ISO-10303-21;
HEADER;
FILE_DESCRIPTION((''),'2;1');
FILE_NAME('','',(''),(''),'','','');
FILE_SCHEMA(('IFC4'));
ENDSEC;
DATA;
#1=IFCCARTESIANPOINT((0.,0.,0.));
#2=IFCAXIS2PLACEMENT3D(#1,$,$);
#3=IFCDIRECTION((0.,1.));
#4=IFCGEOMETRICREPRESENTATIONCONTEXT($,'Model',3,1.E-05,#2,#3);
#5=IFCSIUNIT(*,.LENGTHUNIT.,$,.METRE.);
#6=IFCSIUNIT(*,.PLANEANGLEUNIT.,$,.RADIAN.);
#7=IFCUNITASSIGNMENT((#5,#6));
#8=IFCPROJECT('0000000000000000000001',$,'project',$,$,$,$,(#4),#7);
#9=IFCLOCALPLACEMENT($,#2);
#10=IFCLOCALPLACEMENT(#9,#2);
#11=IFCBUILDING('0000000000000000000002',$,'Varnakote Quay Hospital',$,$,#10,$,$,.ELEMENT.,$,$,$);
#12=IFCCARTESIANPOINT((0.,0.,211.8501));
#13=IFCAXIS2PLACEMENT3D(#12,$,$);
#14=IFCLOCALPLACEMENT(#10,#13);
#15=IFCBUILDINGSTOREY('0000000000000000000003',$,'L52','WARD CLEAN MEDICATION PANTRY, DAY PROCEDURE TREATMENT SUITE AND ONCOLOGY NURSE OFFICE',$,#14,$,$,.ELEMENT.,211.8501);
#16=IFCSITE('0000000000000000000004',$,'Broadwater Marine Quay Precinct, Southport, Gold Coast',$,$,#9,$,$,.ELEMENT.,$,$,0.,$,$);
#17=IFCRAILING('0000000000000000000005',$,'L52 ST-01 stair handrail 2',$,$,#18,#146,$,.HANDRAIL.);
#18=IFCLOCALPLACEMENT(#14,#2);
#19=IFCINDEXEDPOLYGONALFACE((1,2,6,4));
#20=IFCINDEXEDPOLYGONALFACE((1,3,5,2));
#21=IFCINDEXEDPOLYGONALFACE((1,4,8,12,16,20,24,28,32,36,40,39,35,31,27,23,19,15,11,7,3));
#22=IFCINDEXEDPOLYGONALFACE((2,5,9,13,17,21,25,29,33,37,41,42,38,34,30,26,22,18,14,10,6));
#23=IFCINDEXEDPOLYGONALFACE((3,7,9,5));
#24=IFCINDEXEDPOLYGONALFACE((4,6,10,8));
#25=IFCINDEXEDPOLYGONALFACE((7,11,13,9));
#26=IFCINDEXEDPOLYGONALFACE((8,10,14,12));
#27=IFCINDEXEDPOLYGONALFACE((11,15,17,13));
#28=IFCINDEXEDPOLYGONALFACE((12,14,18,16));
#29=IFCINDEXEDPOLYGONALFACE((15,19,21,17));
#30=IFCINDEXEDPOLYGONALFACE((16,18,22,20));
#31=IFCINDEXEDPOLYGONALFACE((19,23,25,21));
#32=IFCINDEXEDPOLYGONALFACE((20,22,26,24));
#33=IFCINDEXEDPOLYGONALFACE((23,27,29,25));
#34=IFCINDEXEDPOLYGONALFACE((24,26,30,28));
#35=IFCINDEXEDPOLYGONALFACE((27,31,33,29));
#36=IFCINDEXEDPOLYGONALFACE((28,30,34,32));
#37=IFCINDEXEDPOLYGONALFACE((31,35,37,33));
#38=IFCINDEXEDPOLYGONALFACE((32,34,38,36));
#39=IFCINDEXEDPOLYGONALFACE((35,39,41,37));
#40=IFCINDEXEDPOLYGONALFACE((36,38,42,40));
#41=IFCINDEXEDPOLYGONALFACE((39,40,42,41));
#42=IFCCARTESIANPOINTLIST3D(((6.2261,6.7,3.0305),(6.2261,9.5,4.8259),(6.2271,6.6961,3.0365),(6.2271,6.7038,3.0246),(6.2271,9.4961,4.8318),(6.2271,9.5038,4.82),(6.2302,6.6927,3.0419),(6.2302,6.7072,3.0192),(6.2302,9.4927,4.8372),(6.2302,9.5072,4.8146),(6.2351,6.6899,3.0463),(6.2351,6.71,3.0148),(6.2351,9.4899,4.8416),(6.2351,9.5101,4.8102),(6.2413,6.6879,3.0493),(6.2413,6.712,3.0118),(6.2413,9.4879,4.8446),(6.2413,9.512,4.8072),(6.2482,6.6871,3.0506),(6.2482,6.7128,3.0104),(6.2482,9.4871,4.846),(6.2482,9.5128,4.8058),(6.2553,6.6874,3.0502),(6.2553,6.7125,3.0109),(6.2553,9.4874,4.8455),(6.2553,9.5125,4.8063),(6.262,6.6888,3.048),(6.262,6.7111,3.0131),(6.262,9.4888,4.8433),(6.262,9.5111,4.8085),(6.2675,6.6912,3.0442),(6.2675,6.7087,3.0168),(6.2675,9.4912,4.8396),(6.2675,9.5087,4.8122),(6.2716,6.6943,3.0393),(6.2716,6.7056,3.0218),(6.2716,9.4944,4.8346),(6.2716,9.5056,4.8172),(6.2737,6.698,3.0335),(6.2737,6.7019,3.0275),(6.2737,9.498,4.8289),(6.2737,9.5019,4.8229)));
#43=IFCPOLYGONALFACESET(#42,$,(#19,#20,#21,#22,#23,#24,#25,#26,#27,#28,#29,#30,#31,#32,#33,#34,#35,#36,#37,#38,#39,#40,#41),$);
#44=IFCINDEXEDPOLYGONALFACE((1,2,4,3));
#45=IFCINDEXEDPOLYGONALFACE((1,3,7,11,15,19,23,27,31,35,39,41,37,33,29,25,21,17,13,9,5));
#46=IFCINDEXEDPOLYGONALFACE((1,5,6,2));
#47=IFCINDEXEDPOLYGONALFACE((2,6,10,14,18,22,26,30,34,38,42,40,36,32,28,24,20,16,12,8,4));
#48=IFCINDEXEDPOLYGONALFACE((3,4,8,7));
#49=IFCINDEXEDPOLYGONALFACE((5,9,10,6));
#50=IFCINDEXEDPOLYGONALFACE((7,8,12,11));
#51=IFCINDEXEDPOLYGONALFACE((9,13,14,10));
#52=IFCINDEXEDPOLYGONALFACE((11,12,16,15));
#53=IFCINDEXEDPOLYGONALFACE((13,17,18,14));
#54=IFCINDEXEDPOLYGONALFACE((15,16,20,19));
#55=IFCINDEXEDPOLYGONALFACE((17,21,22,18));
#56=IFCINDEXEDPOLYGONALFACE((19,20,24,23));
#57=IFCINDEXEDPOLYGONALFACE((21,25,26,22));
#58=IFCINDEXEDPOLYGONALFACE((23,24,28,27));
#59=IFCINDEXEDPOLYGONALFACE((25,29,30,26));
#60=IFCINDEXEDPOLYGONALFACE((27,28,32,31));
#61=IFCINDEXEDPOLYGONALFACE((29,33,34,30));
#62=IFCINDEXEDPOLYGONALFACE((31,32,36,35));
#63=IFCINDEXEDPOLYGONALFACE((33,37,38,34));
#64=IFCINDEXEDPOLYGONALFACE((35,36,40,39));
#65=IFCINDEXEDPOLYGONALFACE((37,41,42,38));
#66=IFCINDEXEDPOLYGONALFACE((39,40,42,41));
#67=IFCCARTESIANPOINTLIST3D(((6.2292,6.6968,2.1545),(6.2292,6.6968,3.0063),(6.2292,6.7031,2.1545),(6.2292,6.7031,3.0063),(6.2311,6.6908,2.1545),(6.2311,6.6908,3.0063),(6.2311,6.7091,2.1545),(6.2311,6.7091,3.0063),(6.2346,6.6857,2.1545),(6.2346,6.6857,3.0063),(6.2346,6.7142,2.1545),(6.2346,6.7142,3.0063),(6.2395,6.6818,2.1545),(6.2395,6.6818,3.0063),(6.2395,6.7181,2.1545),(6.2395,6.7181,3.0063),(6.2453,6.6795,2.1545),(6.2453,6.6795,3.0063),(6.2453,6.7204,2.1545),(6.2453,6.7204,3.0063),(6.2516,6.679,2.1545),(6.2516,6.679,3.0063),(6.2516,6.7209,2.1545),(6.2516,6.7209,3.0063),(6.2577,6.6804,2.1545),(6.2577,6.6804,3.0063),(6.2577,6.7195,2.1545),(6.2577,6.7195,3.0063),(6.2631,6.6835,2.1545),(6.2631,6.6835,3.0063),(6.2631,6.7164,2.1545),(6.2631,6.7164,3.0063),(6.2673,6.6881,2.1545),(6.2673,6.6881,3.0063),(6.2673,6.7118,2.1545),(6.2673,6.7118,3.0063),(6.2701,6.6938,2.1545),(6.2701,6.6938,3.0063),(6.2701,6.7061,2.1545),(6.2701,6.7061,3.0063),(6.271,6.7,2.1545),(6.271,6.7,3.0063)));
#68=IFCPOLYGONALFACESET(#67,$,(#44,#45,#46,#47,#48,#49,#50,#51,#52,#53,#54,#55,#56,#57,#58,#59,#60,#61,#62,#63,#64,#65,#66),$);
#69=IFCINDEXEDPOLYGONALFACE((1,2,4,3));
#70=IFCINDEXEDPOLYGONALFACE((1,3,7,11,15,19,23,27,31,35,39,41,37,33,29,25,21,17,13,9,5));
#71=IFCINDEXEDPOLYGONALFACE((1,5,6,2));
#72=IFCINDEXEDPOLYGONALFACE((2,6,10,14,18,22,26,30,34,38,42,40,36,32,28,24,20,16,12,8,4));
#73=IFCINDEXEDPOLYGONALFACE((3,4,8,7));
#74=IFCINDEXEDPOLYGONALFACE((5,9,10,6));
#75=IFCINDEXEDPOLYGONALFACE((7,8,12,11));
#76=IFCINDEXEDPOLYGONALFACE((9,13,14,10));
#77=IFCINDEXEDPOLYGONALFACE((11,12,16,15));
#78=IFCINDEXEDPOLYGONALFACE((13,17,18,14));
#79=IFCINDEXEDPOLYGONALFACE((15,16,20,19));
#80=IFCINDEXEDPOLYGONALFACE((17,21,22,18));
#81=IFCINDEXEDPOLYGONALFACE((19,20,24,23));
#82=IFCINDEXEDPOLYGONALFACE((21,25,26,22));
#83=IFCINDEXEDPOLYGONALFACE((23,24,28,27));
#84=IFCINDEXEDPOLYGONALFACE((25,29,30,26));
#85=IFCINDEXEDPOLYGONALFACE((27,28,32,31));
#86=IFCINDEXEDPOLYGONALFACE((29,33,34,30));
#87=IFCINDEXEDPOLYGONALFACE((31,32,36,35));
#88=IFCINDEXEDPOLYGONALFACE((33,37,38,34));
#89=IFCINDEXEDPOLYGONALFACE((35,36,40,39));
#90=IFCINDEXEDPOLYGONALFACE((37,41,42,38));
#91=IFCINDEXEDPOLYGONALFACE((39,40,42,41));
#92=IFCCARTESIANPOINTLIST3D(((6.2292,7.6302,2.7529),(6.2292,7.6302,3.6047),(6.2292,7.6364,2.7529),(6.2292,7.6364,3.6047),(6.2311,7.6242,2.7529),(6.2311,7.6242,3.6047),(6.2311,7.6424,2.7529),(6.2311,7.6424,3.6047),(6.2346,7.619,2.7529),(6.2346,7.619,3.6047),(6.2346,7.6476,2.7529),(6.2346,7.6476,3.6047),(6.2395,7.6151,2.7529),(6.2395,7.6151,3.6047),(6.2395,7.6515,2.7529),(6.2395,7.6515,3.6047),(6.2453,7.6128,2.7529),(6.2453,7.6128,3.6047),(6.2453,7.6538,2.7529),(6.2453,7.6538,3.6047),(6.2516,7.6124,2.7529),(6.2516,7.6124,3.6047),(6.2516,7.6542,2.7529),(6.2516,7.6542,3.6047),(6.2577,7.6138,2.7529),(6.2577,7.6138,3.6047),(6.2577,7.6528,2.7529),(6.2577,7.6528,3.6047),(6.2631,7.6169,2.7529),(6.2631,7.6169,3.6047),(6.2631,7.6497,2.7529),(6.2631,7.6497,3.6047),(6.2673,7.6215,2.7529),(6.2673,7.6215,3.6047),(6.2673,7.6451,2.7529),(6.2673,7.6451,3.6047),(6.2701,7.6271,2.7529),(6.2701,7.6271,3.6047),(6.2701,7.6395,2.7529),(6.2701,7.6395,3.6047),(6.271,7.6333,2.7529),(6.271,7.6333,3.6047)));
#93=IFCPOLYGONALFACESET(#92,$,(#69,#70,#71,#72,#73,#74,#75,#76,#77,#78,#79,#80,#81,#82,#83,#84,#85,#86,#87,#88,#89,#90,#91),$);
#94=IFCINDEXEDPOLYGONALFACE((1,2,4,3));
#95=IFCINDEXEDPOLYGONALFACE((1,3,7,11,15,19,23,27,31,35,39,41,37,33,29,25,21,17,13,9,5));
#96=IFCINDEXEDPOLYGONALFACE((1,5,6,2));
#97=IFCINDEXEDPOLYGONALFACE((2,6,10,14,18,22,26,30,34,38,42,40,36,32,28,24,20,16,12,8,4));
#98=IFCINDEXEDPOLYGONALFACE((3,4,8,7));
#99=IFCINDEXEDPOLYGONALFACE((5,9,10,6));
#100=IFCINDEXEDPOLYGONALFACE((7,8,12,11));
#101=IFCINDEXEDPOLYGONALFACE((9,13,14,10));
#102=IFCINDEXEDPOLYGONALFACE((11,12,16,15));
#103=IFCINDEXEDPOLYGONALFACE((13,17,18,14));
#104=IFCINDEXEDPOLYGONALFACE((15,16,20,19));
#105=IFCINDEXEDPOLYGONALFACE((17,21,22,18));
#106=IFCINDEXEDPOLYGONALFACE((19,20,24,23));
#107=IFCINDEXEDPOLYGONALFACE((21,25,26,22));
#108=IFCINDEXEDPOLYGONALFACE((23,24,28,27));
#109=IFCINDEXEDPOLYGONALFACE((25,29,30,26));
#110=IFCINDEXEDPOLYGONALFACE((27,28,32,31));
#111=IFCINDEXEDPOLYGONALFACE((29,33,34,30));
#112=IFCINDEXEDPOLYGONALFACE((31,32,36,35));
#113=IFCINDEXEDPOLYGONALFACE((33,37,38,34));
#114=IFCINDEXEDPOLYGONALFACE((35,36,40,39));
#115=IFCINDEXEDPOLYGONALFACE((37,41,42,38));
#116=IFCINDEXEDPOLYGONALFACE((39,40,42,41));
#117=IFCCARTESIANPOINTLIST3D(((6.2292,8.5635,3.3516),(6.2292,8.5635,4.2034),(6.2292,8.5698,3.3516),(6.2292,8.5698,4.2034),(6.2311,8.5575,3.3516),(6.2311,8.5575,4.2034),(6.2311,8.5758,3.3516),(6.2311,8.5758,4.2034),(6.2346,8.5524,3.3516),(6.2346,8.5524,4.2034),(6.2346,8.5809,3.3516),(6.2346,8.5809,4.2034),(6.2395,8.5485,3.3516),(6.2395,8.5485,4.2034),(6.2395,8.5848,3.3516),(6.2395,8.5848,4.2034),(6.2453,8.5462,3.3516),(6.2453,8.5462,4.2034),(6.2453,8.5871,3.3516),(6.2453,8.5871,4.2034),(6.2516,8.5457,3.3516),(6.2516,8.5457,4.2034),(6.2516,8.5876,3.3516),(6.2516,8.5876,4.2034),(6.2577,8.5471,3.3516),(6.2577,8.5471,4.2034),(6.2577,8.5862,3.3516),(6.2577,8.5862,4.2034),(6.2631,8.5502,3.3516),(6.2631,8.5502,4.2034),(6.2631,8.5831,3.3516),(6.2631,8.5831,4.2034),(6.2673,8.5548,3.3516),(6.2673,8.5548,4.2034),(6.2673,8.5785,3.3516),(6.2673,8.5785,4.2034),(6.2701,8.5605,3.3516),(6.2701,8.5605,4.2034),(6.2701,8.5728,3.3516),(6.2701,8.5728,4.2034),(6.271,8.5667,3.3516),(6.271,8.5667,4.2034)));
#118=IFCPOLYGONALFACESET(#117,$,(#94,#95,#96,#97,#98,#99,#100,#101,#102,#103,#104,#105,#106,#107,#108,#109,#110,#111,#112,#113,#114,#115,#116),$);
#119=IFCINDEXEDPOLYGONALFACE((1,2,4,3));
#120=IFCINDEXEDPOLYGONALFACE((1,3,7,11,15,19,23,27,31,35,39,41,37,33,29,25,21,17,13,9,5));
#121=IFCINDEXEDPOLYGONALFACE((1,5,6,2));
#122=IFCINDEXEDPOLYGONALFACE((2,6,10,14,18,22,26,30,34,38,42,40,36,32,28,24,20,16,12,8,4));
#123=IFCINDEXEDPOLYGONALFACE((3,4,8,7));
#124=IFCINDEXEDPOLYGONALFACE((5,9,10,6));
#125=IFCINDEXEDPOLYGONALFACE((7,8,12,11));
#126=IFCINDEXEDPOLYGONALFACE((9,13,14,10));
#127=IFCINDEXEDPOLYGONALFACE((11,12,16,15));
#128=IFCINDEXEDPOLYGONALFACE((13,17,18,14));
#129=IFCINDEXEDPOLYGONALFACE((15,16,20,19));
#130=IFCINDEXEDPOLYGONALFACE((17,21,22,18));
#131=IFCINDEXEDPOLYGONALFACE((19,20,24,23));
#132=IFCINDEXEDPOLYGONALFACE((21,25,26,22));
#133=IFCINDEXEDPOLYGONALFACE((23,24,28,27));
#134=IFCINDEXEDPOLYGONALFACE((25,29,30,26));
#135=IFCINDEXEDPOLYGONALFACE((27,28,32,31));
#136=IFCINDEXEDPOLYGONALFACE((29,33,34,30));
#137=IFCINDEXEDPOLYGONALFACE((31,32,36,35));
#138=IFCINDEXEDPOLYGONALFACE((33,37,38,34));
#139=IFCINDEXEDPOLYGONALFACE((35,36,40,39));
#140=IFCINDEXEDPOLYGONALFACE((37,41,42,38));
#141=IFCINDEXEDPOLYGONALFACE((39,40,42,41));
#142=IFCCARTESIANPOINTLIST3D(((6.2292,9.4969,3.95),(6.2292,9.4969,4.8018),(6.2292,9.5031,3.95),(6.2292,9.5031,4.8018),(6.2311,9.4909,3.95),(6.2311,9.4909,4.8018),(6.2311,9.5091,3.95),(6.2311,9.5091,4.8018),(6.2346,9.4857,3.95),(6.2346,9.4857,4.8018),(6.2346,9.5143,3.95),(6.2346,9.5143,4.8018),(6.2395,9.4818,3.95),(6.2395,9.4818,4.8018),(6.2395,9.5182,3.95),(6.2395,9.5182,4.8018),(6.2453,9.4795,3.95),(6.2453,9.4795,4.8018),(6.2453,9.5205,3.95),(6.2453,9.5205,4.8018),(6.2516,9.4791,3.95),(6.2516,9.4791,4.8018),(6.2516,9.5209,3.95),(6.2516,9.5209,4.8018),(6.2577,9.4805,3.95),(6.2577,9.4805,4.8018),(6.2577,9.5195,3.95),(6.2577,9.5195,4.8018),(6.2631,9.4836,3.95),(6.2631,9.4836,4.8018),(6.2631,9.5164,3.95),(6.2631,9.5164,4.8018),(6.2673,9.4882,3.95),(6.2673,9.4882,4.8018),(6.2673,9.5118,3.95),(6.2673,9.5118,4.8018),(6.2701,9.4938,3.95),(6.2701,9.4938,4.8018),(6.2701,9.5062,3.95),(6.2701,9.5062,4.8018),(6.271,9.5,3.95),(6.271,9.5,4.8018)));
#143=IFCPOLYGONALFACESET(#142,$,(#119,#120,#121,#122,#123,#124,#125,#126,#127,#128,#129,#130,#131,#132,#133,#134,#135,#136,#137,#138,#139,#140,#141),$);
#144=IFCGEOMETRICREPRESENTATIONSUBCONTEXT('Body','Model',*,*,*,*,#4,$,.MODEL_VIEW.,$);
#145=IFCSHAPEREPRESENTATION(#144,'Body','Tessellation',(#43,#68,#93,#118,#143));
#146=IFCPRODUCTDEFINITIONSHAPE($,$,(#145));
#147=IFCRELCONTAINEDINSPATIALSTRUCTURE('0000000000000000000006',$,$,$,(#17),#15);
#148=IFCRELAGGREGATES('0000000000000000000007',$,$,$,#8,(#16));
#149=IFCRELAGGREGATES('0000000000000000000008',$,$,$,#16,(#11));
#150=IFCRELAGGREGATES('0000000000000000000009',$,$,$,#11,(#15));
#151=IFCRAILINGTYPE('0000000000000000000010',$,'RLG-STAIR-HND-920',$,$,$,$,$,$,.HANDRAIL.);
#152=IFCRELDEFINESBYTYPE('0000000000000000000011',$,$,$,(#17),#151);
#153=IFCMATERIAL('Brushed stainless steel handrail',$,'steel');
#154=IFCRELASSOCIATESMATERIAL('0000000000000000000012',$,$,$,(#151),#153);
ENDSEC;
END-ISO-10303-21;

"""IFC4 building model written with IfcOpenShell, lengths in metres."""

from ifc_helpers import new_model, si_unit, direction, frame, origin, origin_2d, place, context, subcontext, project, spatial, circle, extrude, material, type_object, element, save


model = new_model("IFC4")

# Units and contexts
model_context = context("Model", 3, precision=1e-05, world=origin(), true_north=direction((0.0, 1.0)))
body_context = subcontext(model_context, "Body", "Model", "MODEL_VIEW")
ifc_project = project(units=[si_unit("LENGTHUNIT", "METRE"), si_unit("PLANEANGLEUNIT", "RADIAN")], contexts=[model_context])

# Site, building, storey
site_placement = place(None, origin())
site = spatial("IfcSite", under=ifc_project, at=site_placement, Name="Broadwater Marine Quay Precinct, Southport, Gold Coast", CompositionType="ELEMENT", RefElevation=0.0)
building_placement = place(site_placement, origin())
building = spatial("IfcBuilding", under=site, at=building_placement, Name="Varnakote Quay Hospital", CompositionType="ELEMENT")
storey_placement = place(building_placement, frame((0.0, 0.0, 211.8501)))
storey = spatial("IfcBuildingStorey", under=building, at=storey_placement, Name="L52", Description="WARD CLEAN MEDICATION PANTRY, DAY PROCEDURE TREATMENT SUITE AND ONCOLOGY NURSE OFFICE", CompositionType="ELEMENT", Elevation=211.8501)

# Railing
ifc_material_1 = material(Name="Brushed stainless steel handrail", Category="steel")
railing_type_1 = type_object("IfcRailingType", Name="RLG-STAIR-HND-920", PredefinedType="HANDRAIL", material=ifc_material_1)
railing_1_placement = place(storey_placement, frame((6.25, 6.7, 2.1545)))
element("IfcRailing", 1, at=railing_1_placement, inside=storey, type_object=railing_type_1, Name="L52 ST-01 stair handrail 2", PredefinedType="HANDRAIL", context=body_context, shape_type="SweptSolid", body=[
    extrude(circle(Radius=0.0239, at=origin_2d()), frame((0.0, 0.0, 0.876), z_axis=(0.0, 0.84181, 0.539774), x_axis=(-1.0, 0.0, 0.0)), (0.0, 0.0, 1.0), 3.3262),
    extrude(circle(Radius=0.021, at=origin_2d()), origin(), (0.0, 0.0, 1.0), 0.8518),
    extrude(circle(Radius=0.021, at=origin_2d()), frame((0.0, 0.9333, 0.5984)), (0.0, 0.0, 1.0), 0.8518),
    extrude(circle(Radius=0.021, at=origin_2d()), frame((0.0, 1.8667, 1.197)), (0.0, 0.0, 1.0), 0.8518),
    extrude(circle(Radius=0.021, at=origin_2d()), frame((0.0, 2.8, 1.7954)), (0.0, 0.0, 1.0), 0.8518),
])

save(model, "model.ifc")
